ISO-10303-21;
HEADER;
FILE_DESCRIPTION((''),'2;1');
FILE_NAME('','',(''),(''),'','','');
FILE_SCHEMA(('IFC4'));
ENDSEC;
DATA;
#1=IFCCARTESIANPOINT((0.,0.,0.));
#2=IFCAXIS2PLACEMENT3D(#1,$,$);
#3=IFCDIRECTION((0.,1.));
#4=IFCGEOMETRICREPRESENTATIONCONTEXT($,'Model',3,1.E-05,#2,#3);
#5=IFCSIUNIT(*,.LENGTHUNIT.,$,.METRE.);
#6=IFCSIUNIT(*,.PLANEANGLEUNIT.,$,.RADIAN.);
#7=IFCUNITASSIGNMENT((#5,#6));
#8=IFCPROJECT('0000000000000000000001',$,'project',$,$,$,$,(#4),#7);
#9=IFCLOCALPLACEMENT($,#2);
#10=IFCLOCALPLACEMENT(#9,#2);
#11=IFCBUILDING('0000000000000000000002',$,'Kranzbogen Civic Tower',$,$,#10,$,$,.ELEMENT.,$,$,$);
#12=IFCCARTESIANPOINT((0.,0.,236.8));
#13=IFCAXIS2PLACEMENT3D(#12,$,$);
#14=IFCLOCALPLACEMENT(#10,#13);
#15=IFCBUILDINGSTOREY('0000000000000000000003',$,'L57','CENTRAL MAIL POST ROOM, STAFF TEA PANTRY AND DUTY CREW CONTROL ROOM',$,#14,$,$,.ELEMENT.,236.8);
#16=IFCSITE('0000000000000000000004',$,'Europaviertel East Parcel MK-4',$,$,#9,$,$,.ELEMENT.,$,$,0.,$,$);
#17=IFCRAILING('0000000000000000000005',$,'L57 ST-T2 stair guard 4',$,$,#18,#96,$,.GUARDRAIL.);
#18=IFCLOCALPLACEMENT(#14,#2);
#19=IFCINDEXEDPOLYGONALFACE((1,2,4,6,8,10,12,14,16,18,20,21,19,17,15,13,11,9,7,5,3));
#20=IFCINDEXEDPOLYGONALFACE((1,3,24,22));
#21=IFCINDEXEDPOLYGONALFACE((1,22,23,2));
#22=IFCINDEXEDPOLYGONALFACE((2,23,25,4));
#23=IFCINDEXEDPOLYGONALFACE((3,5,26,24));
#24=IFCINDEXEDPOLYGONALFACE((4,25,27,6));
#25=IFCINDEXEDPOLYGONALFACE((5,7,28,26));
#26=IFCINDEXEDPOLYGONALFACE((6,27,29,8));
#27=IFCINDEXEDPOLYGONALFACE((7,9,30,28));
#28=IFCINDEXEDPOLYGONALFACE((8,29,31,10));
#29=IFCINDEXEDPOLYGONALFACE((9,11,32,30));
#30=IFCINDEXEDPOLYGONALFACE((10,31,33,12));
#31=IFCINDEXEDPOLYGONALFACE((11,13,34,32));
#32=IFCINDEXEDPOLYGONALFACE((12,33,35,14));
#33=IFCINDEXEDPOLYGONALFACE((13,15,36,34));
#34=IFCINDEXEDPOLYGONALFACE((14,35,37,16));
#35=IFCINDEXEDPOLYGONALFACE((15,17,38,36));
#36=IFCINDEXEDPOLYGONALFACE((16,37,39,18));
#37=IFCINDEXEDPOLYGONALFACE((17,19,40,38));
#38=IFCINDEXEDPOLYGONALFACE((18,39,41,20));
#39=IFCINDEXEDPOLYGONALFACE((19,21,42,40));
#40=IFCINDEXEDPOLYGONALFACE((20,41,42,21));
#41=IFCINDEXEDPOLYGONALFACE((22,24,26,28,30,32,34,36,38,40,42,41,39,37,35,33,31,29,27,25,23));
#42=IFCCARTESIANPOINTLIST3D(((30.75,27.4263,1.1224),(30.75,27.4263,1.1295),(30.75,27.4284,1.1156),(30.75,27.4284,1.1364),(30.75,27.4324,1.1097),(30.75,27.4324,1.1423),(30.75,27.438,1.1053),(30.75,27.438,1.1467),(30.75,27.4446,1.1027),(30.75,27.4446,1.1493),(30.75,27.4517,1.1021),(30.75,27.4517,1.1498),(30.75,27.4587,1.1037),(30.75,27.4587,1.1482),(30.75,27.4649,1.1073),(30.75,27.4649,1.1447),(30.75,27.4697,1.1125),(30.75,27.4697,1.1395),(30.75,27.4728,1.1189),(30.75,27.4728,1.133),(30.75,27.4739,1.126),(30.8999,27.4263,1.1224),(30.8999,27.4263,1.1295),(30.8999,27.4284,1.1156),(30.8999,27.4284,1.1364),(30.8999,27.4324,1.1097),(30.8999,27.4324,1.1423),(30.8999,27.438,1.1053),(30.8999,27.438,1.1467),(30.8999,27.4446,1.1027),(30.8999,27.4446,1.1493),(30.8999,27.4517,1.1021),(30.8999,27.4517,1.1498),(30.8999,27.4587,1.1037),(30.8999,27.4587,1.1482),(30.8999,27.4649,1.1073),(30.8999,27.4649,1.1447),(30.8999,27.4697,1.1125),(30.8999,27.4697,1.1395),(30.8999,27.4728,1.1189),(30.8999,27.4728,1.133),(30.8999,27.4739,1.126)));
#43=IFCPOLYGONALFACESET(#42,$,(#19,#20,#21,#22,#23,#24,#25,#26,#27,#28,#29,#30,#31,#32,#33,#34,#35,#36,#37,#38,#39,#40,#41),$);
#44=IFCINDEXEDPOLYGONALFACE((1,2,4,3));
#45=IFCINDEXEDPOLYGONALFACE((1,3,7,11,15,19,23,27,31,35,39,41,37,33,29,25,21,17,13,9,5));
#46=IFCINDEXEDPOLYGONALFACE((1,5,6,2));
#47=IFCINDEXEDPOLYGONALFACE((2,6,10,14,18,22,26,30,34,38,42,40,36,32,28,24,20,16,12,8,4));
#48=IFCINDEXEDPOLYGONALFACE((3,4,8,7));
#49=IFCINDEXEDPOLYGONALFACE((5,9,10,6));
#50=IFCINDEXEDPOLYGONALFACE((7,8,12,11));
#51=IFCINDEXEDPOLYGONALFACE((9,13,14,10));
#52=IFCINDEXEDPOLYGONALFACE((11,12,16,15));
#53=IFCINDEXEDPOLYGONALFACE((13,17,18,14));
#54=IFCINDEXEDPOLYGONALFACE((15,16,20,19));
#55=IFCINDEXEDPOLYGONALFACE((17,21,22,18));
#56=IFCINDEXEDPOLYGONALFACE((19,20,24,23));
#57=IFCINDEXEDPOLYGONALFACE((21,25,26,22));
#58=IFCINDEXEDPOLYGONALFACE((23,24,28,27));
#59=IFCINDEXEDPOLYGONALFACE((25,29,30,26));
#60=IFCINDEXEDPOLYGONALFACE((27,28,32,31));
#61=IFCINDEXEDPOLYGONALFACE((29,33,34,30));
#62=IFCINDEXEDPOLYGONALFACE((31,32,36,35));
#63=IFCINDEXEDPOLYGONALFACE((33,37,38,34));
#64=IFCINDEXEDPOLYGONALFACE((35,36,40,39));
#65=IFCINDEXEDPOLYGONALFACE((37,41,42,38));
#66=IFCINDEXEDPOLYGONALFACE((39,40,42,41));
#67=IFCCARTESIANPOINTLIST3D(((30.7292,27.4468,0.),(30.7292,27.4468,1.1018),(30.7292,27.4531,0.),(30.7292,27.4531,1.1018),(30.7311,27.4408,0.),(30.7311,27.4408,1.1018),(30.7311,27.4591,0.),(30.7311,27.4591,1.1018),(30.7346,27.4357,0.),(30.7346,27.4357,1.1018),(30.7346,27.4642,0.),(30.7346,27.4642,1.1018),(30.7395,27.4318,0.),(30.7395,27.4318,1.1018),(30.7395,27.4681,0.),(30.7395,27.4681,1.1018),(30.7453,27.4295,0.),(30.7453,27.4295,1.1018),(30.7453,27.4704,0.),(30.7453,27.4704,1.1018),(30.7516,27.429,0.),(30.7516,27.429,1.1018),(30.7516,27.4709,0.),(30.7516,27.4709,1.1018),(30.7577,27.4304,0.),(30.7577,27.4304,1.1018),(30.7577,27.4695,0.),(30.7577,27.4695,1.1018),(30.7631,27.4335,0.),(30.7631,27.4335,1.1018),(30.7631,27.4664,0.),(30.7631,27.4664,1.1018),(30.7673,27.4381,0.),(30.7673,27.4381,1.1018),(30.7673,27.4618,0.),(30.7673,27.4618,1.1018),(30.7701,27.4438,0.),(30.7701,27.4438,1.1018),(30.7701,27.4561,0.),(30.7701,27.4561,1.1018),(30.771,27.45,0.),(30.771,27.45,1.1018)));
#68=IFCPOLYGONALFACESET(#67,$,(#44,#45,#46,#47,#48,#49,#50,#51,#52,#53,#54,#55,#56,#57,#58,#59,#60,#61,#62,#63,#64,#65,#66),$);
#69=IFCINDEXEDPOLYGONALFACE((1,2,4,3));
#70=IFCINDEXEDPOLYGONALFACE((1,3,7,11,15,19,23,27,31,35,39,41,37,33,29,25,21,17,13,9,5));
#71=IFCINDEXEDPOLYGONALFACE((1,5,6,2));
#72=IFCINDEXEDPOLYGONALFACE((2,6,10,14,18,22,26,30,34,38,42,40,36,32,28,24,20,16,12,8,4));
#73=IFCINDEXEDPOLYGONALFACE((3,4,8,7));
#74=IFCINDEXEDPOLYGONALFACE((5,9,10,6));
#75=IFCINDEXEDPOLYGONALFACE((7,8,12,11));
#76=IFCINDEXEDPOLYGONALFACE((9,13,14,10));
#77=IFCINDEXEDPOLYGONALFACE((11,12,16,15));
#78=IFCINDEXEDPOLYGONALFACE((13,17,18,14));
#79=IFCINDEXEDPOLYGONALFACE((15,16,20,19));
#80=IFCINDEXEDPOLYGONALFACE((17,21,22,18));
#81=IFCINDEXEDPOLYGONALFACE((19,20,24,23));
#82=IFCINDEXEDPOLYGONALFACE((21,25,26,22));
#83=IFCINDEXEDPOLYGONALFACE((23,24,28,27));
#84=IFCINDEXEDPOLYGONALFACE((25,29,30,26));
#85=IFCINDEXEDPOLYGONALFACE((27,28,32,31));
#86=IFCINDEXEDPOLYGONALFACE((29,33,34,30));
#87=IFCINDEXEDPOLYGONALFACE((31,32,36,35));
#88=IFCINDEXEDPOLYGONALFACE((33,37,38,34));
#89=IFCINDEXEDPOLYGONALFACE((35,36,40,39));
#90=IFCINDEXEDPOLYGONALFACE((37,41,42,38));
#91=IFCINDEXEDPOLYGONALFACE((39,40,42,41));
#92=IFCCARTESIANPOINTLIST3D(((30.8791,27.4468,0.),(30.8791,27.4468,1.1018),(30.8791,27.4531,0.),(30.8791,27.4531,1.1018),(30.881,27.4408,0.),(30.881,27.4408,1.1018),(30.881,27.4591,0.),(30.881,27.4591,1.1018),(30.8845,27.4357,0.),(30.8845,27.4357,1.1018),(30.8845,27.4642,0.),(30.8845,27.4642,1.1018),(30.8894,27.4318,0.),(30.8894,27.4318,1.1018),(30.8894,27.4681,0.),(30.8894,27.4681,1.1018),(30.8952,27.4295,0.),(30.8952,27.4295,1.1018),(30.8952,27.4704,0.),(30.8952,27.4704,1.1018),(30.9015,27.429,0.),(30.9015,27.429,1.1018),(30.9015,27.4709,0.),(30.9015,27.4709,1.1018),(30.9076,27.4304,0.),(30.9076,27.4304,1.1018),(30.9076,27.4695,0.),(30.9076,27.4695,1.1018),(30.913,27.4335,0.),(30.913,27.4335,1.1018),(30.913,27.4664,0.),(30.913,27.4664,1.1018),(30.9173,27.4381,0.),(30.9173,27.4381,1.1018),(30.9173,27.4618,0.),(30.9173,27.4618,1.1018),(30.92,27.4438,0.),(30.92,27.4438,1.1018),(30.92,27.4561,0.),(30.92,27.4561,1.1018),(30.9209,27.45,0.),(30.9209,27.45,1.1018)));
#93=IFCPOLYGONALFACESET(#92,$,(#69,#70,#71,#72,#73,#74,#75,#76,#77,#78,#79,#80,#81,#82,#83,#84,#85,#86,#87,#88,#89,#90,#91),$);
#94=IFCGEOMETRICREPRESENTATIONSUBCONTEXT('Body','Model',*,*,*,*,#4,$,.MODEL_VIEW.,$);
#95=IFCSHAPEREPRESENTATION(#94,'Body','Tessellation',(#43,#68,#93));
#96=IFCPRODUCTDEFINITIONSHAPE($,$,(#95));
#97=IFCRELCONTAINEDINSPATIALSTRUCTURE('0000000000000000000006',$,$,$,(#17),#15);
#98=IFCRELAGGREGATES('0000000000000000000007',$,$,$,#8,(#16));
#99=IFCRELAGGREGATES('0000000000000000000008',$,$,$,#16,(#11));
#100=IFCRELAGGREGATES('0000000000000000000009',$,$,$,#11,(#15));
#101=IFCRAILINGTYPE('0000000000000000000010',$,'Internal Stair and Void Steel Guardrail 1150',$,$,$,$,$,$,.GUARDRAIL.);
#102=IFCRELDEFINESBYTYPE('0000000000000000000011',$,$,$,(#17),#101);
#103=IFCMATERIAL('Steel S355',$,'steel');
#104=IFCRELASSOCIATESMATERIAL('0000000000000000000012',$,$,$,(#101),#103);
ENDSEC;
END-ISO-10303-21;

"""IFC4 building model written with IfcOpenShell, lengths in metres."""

from ifc_helpers import new_model, si_unit, direction, frame, origin, origin_2d, place, context, subcontext, project, spatial, circle, extrude, material, type_object, element, save


model = new_model("IFC4")

# Units and contexts
model_context = context("Model", 3, precision=1e-05, world=origin(), true_north=direction((0.0, 1.0)))
body_context = subcontext(model_context, "Body", "Model", "MODEL_VIEW")
ifc_project = project(units=[si_unit("LENGTHUNIT", "METRE"), si_unit("PLANEANGLEUNIT", "RADIAN")], contexts=[model_context])

# Site, building, storey
site_placement = place(None, origin())
site = spatial("IfcSite", under=ifc_project, at=site_placement, Name="Europaviertel East Parcel MK-4", CompositionType="ELEMENT", RefElevation=0.0)
building_placement = place(site_placement, origin())
building = spatial("IfcBuilding", under=site, at=building_placement, Name="Kranzbogen Civic Tower", CompositionType="ELEMENT")
storey_placement = place(building_placement, frame((0.0, 0.0, 236.8)))
storey = spatial("IfcBuildingStorey", under=building, at=storey_placement, Name="L57", Description="CENTRAL MAIL POST ROOM, STAFF TEA PANTRY AND DUTY CREW CONTROL ROOM", CompositionType="ELEMENT", Elevation=236.8)

# Shared definitions
ifc_material_1 = material(Name="Steel S355", Category="steel")

# Railing
railing_type_1 = type_object("IfcRailingType", Name="Internal Stair and Void Steel Guardrail 1150", PredefinedType="GUARDRAIL", material=ifc_material_1)
railing_1_placement = place(storey_placement, frame((30.75, 27.45, 0.0)))
element("IfcRailing", 1, at=railing_1_placement, inside=storey, type_object=railing_type_1, Name="L57 ST-T2 stair guard 4", PredefinedType="GUARDRAIL", context=body_context, shape_type="SweptSolid", body=[
    extrude(circle(Radius=0.0239, at=origin_2d()), frame((0.0, 0.0, 1.126), z_axis=(1.0, 0.0, 0.0), x_axis=(0.0, 1.0, 0.0)), (0.0, 0.0, 1.0), 0.1499),
    extrude(circle(Radius=0.021, at=origin_2d()), origin(), (0.0, 0.0, 1.0), 1.1018),
    extrude(circle(Radius=0.021, at=origin_2d()), frame((0.1499, 0.0, 0.0)), (0.0, 0.0, 1.0), 1.1018),
])

save(model, "model.ifc")
